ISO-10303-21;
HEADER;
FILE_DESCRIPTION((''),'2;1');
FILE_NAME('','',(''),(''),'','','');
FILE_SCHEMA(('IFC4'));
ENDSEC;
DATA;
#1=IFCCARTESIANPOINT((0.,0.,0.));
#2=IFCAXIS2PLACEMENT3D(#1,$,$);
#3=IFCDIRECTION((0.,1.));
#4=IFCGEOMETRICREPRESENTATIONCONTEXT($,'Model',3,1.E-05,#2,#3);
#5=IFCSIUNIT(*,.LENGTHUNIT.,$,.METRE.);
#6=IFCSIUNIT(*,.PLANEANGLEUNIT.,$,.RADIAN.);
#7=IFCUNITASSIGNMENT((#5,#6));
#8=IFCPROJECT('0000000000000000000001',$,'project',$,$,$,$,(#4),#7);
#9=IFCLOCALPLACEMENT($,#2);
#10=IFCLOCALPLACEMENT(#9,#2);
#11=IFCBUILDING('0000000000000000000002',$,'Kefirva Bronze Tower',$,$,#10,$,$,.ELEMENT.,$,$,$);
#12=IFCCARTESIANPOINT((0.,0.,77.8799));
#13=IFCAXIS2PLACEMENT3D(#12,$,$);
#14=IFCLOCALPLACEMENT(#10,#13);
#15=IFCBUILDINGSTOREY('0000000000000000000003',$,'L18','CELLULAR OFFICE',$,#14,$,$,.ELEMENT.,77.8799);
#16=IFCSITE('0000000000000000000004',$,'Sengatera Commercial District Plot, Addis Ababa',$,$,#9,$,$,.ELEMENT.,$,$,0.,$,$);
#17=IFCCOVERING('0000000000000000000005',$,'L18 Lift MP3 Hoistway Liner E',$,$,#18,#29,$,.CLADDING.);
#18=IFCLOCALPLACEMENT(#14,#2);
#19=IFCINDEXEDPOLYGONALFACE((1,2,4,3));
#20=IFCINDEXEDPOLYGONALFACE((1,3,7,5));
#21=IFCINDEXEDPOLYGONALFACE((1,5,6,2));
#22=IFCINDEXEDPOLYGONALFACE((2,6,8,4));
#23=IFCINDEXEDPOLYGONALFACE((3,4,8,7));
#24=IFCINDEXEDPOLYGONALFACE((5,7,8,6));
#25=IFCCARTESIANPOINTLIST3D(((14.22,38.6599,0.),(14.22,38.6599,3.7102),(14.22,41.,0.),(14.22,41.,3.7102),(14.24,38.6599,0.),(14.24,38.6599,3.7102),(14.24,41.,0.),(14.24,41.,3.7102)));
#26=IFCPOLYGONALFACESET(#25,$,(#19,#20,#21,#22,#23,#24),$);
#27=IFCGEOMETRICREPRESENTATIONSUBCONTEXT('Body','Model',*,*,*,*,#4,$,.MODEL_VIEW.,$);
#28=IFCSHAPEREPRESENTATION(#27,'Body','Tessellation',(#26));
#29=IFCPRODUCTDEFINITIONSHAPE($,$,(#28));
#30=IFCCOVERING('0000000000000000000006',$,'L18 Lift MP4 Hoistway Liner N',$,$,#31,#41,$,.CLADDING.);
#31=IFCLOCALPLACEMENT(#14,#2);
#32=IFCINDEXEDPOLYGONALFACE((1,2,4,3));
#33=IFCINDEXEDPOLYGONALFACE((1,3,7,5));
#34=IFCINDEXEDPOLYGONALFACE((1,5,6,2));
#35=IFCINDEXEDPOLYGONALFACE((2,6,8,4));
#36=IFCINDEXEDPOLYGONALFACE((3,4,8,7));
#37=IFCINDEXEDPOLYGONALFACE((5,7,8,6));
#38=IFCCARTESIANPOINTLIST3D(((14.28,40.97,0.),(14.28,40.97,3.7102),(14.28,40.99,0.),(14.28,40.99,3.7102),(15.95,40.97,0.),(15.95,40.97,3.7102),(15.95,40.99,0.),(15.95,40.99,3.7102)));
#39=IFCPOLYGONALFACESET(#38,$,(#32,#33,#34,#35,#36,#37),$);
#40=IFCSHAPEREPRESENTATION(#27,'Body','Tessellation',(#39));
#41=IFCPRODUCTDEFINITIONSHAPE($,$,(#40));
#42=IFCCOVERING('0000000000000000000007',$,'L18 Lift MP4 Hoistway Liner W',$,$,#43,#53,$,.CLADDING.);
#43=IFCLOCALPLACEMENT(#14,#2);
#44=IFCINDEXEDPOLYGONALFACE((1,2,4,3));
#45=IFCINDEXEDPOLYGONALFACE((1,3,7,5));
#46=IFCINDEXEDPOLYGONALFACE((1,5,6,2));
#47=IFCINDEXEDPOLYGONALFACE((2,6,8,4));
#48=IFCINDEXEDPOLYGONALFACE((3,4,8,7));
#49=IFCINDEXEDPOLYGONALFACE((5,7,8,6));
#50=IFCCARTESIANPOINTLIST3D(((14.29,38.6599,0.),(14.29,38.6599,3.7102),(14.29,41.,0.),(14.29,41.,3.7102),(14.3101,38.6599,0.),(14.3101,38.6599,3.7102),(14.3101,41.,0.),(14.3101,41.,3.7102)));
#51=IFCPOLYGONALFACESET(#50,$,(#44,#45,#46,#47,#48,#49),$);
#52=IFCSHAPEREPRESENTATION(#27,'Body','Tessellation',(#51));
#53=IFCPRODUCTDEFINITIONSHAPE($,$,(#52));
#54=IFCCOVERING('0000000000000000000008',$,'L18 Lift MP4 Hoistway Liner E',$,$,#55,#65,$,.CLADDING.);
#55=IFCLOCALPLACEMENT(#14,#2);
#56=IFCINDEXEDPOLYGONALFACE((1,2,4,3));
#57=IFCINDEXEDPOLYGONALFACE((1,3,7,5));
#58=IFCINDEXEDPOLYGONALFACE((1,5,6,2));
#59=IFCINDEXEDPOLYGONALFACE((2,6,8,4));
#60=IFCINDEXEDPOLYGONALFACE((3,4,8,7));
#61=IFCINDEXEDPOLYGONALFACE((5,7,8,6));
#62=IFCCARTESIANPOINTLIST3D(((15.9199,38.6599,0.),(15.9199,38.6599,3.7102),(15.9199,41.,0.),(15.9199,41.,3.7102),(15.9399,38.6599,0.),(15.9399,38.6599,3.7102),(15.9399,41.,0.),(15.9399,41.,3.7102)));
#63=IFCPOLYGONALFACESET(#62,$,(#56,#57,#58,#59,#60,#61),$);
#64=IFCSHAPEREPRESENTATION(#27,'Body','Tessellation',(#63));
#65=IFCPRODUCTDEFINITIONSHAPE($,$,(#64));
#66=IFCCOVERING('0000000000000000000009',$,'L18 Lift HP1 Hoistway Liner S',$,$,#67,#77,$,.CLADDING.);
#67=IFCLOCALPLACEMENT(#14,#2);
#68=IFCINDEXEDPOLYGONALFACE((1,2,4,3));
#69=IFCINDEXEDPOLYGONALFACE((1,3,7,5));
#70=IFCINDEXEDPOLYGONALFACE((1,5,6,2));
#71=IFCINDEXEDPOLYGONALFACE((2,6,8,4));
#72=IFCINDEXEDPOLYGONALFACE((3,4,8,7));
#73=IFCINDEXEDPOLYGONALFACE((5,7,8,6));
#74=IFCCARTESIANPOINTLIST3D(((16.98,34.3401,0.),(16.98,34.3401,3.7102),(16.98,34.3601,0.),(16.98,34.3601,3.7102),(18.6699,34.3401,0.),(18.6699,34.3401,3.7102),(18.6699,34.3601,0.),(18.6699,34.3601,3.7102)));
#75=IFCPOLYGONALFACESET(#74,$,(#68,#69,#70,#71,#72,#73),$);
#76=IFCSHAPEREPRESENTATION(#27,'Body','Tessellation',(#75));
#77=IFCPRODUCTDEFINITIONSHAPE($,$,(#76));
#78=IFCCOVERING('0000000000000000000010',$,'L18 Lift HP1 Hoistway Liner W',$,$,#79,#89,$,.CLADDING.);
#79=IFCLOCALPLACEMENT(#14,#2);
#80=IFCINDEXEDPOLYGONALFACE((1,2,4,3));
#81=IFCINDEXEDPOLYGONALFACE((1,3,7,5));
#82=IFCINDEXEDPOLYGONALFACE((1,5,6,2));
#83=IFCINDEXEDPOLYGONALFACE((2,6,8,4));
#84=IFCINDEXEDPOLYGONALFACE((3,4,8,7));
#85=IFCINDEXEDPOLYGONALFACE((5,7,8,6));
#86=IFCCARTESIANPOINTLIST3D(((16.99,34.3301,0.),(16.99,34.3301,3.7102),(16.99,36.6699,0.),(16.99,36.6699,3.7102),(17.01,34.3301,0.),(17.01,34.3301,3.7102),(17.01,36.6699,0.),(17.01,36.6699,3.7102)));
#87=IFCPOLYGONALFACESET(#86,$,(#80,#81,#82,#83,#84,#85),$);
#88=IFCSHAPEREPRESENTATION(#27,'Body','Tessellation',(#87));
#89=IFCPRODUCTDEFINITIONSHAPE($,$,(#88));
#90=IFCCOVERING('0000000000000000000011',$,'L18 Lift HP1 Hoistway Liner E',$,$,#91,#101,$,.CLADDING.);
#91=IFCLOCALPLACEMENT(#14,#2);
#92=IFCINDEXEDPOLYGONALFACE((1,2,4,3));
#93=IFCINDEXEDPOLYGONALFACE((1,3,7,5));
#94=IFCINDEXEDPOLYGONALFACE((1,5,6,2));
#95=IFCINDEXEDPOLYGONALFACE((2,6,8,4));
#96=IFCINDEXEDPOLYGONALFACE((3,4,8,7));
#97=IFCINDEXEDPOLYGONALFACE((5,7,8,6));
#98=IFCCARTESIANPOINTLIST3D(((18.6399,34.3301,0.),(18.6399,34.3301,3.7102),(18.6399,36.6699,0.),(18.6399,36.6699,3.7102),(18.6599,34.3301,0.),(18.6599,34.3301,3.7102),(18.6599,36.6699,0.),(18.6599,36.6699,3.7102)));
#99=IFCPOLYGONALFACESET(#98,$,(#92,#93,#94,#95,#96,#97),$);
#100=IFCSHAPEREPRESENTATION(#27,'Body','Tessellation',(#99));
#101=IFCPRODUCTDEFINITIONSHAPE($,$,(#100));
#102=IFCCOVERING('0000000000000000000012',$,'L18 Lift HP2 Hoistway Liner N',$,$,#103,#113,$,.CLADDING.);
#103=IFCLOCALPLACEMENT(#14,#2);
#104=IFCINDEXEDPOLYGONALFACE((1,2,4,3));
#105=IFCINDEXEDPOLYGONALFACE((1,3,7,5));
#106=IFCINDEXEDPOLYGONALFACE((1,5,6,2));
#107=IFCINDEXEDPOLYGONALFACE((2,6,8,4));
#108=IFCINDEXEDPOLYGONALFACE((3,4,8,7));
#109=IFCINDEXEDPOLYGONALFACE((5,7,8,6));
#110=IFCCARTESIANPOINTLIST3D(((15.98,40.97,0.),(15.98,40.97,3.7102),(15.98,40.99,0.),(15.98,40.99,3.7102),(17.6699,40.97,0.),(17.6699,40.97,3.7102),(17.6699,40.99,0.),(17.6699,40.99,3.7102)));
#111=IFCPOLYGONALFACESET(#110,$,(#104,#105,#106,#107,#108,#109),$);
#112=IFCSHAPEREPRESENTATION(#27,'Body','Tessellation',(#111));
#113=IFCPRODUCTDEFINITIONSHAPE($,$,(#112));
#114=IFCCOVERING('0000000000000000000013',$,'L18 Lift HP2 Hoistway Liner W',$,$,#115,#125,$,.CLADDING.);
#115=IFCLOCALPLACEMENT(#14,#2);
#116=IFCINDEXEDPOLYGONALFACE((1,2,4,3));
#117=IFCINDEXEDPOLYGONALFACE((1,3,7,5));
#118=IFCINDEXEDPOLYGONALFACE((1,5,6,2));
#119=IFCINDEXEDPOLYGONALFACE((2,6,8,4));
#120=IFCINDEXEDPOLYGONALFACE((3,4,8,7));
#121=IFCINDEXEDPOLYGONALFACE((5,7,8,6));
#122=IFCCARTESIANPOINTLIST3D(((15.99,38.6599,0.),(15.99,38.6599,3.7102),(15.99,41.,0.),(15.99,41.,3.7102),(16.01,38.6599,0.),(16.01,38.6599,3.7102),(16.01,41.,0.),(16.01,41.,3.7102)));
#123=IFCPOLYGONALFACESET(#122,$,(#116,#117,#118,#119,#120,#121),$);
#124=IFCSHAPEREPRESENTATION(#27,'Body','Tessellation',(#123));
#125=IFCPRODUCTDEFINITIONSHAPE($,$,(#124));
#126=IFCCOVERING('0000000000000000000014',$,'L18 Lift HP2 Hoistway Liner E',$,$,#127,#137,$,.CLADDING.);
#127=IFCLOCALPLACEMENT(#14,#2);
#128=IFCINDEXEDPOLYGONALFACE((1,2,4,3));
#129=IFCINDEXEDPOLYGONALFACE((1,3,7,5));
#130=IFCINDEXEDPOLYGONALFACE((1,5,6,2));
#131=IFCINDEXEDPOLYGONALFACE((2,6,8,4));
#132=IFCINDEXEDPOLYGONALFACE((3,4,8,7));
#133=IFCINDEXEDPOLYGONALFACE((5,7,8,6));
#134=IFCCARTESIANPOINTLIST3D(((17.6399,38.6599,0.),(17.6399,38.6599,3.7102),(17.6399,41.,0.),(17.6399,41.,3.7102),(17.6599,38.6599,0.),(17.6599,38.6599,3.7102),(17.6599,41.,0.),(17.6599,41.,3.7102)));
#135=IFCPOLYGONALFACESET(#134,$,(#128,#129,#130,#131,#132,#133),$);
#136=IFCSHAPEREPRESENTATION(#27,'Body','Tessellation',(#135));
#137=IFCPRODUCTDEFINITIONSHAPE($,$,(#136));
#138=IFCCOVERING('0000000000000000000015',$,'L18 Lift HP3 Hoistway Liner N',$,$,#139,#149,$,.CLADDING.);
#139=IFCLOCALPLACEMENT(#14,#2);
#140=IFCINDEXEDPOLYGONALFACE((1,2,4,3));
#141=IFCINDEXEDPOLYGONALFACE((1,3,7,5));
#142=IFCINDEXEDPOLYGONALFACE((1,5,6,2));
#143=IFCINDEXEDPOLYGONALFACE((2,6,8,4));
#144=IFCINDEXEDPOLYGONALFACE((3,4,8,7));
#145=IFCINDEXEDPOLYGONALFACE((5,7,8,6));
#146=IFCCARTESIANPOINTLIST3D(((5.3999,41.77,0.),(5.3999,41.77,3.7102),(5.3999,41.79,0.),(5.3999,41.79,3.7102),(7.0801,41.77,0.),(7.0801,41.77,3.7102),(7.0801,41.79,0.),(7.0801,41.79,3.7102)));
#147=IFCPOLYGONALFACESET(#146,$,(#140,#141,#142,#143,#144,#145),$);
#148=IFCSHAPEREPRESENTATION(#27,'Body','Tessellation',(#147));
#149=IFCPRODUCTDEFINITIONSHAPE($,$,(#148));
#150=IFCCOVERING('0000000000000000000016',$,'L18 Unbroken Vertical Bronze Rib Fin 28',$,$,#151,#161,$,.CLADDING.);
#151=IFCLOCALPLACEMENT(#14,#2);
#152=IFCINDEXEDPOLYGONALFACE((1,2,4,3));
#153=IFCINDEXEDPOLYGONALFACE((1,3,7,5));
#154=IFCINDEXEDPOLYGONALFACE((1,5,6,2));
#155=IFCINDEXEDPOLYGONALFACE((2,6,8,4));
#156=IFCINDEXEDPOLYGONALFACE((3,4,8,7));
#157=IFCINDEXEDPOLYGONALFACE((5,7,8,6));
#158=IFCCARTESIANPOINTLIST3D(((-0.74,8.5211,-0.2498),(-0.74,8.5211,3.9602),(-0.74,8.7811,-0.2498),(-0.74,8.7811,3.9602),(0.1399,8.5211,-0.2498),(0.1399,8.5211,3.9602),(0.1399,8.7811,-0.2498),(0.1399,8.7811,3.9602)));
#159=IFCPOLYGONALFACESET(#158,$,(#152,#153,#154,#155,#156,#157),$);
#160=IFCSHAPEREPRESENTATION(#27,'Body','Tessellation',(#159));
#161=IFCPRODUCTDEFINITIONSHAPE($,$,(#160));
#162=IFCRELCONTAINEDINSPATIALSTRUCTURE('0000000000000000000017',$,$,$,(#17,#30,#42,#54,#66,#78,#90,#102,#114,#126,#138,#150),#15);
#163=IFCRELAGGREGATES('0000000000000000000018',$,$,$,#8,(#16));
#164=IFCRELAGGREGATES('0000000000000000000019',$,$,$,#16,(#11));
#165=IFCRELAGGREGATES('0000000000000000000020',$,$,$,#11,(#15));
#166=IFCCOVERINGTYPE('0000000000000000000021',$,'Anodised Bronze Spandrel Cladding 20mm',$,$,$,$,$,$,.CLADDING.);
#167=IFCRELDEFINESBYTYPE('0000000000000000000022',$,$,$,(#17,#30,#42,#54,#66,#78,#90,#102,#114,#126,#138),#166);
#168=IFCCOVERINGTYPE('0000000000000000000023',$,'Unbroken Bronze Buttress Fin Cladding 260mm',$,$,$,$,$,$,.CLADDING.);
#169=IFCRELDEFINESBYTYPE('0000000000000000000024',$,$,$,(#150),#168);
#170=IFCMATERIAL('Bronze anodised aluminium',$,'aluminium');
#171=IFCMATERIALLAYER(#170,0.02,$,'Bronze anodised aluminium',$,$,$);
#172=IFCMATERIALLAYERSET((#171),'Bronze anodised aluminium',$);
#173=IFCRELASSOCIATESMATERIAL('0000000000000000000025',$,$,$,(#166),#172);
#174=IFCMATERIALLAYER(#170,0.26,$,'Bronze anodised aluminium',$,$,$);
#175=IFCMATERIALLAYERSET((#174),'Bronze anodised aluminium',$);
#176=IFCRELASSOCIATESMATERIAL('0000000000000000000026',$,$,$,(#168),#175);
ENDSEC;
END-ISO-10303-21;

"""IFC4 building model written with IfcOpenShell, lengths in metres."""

from ifc_helpers import new_model, si_unit, direction, frame, origin, origin_2d, place, context, subcontext, project, spatial, polyline, rectangle, outline, extrude, material, layer, layer_set, type_object, element, save


model = new_model("IFC4")

# Units and contexts
model_context = context("Model", 3, precision=1e-05, world=origin(), true_north=direction((0.0, 1.0)))
body_context = subcontext(model_context, "Body", "Model", "MODEL_VIEW")
ifc_project = project(units=[si_unit("LENGTHUNIT", "METRE"), si_unit("PLANEANGLEUNIT", "RADIAN")], contexts=[model_context])

# Site, building, storey
site_placement = place(None, origin())
site = spatial("IfcSite", under=ifc_project, at=site_placement, Name="Sengatera Commercial District Plot, Addis Ababa", CompositionType="ELEMENT", RefElevation=0.0)
building_placement = place(site_placement, origin())
building = spatial("IfcBuilding", under=site, at=building_placement, Name="Kefirva Bronze Tower", CompositionType="ELEMENT")
storey_placement = place(building_placement, frame((0.0, 0.0, 77.8799)))
storey = spatial("IfcBuildingStorey", under=building, at=storey_placement, Name="L18", Description="CELLULAR OFFICE", CompositionType="ELEMENT", Elevation=77.8799)

# Coverings
ifc_material = material(Name="Bronze anodised aluminium", Category="aluminium")
ifc_layer_1 = layer(ifc_material, 0.02, Name="Bronze anodised aluminium")
ifc_layer_set_1 = layer_set([ifc_layer_1], Name="Bronze anodised aluminium")
covering_type_1 = type_object("IfcCoveringType", Name="Anodised Bronze Spandrel Cladding 20mm", PredefinedType="CLADDING", material=ifc_layer_set_1)
covering_1_placement = place(storey_placement, origin())
element("IfcCovering", 1, at=covering_1_placement, inside=storey, type_object=covering_type_1, Name="L18 Lift MP3 Hoistway Liner E", PredefinedType="CLADDING", context=body_context, shape_type="SweptSolid", body=[
    extrude(outline(polyline([(14.22, 38.6599), (14.24, 38.6599), (14.24, 41.0), (14.22, 41.0), (14.22, 38.6599)])), origin(), (0.0, 0.0, 1.0), 3.7102),
])
covering_2_placement = place(storey_placement, origin())
element("IfcCovering", 2, at=covering_2_placement, inside=storey, type_object=covering_type_1, Name="L18 Lift MP4 Hoistway Liner N", PredefinedType="CLADDING", context=body_context, shape_type="SweptSolid", body=[
    extrude(outline(polyline([(14.28, 40.97), (15.95, 40.97), (15.95, 40.99), (14.28, 40.99), (14.28, 40.97)])), origin(), (0.0, 0.0, 1.0), 3.7102),
])
covering_3_placement = place(storey_placement, origin())
element("IfcCovering", 3, at=covering_3_placement, inside=storey, type_object=covering_type_1, Name="L18 Lift MP4 Hoistway Liner W", PredefinedType="CLADDING", context=body_context, shape_type="SweptSolid", body=[
    extrude(outline(polyline([(14.29, 38.6599), (14.3101, 38.6599), (14.3101, 41.0), (14.29, 41.0), (14.29, 38.6599)])), origin(), (0.0, 0.0, 1.0), 3.7102),
])
covering_4_placement = place(storey_placement, origin())
element("IfcCovering", 4, at=covering_4_placement, inside=storey, type_object=covering_type_1, Name="L18 Lift MP4 Hoistway Liner E", PredefinedType="CLADDING", context=body_context, shape_type="SweptSolid", body=[
    extrude(outline(polyline([(15.9199, 38.6599), (15.9399, 38.6599), (15.9399, 41.0), (15.9199, 41.0), (15.9199, 38.6599)])), origin(), (0.0, 0.0, 1.0), 3.7102),
])
covering_5_placement = place(storey_placement, origin())
element("IfcCovering", 5, at=covering_5_placement, inside=storey, type_object=covering_type_1, Name="L18 Lift HP1 Hoistway Liner S", PredefinedType="CLADDING", context=body_context, shape_type="SweptSolid", body=[
    extrude(outline(polyline([(16.98, 34.3401), (18.6699, 34.3401), (18.6699, 34.3601), (16.98, 34.3601), (16.98, 34.3401)])), origin(), (0.0, 0.0, 1.0), 3.7102),
])
covering_6_placement = place(storey_placement, origin())
element("IfcCovering", 6, at=covering_6_placement, inside=storey, type_object=covering_type_1, Name="L18 Lift HP1 Hoistway Liner W", PredefinedType="CLADDING", context=body_context, shape_type="SweptSolid", body=[
    extrude(outline(polyline([(16.99, 34.3301), (17.01, 34.3301), (17.01, 36.6699), (16.99, 36.6699), (16.99, 34.3301)])), origin(), (0.0, 0.0, 1.0), 3.7102),
])
covering_7_placement = place(storey_placement, origin())
element("IfcCovering", 7, at=covering_7_placement, inside=storey, type_object=covering_type_1, Name="L18 Lift HP1 Hoistway Liner E", PredefinedType="CLADDING", context=body_context, shape_type="SweptSolid", body=[
    extrude(outline(polyline([(18.6399, 34.3301), (18.6599, 34.3301), (18.6599, 36.6699), (18.6399, 36.6699), (18.6399, 34.3301)])), origin(), (0.0, 0.0, 1.0), 3.7102),
])
covering_8_placement = place(storey_placement, origin())
element("IfcCovering", 8, at=covering_8_placement, inside=storey, type_object=covering_type_1, Name="L18 Lift HP2 Hoistway Liner N", PredefinedType="CLADDING", context=body_context, shape_type="SweptSolid", body=[
    extrude(outline(polyline([(15.98, 40.97), (17.6699, 40.97), (17.6699, 40.99), (15.98, 40.99), (15.98, 40.97)])), origin(), (0.0, 0.0, 1.0), 3.7102),
])
covering_9_placement = place(storey_placement, origin())
element("IfcCovering", 9, at=covering_9_placement, inside=storey, type_object=covering_type_1, Name="L18 Lift HP2 Hoistway Liner W", PredefinedType="CLADDING", context=body_context, shape_type="SweptSolid", body=[
    extrude(outline(polyline([(15.99, 38.6599), (16.01, 38.6599), (16.01, 41.0), (15.99, 41.0), (15.99, 38.6599)])), origin(), (0.0, 0.0, 1.0), 3.7102),
])
covering_10_placement = place(storey_placement, origin())
element("IfcCovering", 10, at=covering_10_placement, inside=storey, type_object=covering_type_1, Name="L18 Lift HP2 Hoistway Liner E", PredefinedType="CLADDING", context=body_context, shape_type="SweptSolid", body=[
    extrude(outline(polyline([(17.6399, 38.6599), (17.6599, 38.6599), (17.6599, 41.0), (17.6399, 41.0), (17.6399, 38.6599)])), origin(), (0.0, 0.0, 1.0), 3.7102),
])
covering_11_placement = place(storey_placement, origin())
element("IfcCovering", 11, at=covering_11_placement, inside=storey, type_object=covering_type_1, Name="L18 Lift HP3 Hoistway Liner N", PredefinedType="CLADDING", context=body_context, shape_type="SweptSolid", body=[
    extrude(outline(polyline([(5.3999, 41.77), (7.0801, 41.77), (7.0801, 41.79), (5.3999, 41.79), (5.3999, 41.77)])), origin(), (0.0, 0.0, 1.0), 3.7102),
])
ifc_layer_2 = layer(ifc_material, 0.26, Name="Bronze anodised aluminium")
ifc_layer_set_2 = layer_set([ifc_layer_2], Name="Bronze anodised aluminium")
covering_type_2 = type_object("IfcCoveringType", Name="Unbroken Bronze Buttress Fin Cladding 260mm", PredefinedType="CLADDING", material=ifc_layer_set_2)
covering_12_placement = place(storey_placement, frame((-0.3, 8.6511, -0.2498), z_axis=(0.0, 0.0, 1.0), x_axis=(0.0, -1.0, 0.0)))
element("IfcCovering", 12, at=covering_12_placement, inside=storey, type_object=covering_type_2, Name="L18 Unbroken Vertical Bronze Rib Fin 28", PredefinedType="CLADDING", context=body_context, shape_type="SweptSolid", body=[
    extrude(rectangle(XDim=0.26, YDim=0.8799, at=origin_2d()), origin(), (0.0, 0.0, 1.0), 4.21),
])

save(model, "model.ifc")
